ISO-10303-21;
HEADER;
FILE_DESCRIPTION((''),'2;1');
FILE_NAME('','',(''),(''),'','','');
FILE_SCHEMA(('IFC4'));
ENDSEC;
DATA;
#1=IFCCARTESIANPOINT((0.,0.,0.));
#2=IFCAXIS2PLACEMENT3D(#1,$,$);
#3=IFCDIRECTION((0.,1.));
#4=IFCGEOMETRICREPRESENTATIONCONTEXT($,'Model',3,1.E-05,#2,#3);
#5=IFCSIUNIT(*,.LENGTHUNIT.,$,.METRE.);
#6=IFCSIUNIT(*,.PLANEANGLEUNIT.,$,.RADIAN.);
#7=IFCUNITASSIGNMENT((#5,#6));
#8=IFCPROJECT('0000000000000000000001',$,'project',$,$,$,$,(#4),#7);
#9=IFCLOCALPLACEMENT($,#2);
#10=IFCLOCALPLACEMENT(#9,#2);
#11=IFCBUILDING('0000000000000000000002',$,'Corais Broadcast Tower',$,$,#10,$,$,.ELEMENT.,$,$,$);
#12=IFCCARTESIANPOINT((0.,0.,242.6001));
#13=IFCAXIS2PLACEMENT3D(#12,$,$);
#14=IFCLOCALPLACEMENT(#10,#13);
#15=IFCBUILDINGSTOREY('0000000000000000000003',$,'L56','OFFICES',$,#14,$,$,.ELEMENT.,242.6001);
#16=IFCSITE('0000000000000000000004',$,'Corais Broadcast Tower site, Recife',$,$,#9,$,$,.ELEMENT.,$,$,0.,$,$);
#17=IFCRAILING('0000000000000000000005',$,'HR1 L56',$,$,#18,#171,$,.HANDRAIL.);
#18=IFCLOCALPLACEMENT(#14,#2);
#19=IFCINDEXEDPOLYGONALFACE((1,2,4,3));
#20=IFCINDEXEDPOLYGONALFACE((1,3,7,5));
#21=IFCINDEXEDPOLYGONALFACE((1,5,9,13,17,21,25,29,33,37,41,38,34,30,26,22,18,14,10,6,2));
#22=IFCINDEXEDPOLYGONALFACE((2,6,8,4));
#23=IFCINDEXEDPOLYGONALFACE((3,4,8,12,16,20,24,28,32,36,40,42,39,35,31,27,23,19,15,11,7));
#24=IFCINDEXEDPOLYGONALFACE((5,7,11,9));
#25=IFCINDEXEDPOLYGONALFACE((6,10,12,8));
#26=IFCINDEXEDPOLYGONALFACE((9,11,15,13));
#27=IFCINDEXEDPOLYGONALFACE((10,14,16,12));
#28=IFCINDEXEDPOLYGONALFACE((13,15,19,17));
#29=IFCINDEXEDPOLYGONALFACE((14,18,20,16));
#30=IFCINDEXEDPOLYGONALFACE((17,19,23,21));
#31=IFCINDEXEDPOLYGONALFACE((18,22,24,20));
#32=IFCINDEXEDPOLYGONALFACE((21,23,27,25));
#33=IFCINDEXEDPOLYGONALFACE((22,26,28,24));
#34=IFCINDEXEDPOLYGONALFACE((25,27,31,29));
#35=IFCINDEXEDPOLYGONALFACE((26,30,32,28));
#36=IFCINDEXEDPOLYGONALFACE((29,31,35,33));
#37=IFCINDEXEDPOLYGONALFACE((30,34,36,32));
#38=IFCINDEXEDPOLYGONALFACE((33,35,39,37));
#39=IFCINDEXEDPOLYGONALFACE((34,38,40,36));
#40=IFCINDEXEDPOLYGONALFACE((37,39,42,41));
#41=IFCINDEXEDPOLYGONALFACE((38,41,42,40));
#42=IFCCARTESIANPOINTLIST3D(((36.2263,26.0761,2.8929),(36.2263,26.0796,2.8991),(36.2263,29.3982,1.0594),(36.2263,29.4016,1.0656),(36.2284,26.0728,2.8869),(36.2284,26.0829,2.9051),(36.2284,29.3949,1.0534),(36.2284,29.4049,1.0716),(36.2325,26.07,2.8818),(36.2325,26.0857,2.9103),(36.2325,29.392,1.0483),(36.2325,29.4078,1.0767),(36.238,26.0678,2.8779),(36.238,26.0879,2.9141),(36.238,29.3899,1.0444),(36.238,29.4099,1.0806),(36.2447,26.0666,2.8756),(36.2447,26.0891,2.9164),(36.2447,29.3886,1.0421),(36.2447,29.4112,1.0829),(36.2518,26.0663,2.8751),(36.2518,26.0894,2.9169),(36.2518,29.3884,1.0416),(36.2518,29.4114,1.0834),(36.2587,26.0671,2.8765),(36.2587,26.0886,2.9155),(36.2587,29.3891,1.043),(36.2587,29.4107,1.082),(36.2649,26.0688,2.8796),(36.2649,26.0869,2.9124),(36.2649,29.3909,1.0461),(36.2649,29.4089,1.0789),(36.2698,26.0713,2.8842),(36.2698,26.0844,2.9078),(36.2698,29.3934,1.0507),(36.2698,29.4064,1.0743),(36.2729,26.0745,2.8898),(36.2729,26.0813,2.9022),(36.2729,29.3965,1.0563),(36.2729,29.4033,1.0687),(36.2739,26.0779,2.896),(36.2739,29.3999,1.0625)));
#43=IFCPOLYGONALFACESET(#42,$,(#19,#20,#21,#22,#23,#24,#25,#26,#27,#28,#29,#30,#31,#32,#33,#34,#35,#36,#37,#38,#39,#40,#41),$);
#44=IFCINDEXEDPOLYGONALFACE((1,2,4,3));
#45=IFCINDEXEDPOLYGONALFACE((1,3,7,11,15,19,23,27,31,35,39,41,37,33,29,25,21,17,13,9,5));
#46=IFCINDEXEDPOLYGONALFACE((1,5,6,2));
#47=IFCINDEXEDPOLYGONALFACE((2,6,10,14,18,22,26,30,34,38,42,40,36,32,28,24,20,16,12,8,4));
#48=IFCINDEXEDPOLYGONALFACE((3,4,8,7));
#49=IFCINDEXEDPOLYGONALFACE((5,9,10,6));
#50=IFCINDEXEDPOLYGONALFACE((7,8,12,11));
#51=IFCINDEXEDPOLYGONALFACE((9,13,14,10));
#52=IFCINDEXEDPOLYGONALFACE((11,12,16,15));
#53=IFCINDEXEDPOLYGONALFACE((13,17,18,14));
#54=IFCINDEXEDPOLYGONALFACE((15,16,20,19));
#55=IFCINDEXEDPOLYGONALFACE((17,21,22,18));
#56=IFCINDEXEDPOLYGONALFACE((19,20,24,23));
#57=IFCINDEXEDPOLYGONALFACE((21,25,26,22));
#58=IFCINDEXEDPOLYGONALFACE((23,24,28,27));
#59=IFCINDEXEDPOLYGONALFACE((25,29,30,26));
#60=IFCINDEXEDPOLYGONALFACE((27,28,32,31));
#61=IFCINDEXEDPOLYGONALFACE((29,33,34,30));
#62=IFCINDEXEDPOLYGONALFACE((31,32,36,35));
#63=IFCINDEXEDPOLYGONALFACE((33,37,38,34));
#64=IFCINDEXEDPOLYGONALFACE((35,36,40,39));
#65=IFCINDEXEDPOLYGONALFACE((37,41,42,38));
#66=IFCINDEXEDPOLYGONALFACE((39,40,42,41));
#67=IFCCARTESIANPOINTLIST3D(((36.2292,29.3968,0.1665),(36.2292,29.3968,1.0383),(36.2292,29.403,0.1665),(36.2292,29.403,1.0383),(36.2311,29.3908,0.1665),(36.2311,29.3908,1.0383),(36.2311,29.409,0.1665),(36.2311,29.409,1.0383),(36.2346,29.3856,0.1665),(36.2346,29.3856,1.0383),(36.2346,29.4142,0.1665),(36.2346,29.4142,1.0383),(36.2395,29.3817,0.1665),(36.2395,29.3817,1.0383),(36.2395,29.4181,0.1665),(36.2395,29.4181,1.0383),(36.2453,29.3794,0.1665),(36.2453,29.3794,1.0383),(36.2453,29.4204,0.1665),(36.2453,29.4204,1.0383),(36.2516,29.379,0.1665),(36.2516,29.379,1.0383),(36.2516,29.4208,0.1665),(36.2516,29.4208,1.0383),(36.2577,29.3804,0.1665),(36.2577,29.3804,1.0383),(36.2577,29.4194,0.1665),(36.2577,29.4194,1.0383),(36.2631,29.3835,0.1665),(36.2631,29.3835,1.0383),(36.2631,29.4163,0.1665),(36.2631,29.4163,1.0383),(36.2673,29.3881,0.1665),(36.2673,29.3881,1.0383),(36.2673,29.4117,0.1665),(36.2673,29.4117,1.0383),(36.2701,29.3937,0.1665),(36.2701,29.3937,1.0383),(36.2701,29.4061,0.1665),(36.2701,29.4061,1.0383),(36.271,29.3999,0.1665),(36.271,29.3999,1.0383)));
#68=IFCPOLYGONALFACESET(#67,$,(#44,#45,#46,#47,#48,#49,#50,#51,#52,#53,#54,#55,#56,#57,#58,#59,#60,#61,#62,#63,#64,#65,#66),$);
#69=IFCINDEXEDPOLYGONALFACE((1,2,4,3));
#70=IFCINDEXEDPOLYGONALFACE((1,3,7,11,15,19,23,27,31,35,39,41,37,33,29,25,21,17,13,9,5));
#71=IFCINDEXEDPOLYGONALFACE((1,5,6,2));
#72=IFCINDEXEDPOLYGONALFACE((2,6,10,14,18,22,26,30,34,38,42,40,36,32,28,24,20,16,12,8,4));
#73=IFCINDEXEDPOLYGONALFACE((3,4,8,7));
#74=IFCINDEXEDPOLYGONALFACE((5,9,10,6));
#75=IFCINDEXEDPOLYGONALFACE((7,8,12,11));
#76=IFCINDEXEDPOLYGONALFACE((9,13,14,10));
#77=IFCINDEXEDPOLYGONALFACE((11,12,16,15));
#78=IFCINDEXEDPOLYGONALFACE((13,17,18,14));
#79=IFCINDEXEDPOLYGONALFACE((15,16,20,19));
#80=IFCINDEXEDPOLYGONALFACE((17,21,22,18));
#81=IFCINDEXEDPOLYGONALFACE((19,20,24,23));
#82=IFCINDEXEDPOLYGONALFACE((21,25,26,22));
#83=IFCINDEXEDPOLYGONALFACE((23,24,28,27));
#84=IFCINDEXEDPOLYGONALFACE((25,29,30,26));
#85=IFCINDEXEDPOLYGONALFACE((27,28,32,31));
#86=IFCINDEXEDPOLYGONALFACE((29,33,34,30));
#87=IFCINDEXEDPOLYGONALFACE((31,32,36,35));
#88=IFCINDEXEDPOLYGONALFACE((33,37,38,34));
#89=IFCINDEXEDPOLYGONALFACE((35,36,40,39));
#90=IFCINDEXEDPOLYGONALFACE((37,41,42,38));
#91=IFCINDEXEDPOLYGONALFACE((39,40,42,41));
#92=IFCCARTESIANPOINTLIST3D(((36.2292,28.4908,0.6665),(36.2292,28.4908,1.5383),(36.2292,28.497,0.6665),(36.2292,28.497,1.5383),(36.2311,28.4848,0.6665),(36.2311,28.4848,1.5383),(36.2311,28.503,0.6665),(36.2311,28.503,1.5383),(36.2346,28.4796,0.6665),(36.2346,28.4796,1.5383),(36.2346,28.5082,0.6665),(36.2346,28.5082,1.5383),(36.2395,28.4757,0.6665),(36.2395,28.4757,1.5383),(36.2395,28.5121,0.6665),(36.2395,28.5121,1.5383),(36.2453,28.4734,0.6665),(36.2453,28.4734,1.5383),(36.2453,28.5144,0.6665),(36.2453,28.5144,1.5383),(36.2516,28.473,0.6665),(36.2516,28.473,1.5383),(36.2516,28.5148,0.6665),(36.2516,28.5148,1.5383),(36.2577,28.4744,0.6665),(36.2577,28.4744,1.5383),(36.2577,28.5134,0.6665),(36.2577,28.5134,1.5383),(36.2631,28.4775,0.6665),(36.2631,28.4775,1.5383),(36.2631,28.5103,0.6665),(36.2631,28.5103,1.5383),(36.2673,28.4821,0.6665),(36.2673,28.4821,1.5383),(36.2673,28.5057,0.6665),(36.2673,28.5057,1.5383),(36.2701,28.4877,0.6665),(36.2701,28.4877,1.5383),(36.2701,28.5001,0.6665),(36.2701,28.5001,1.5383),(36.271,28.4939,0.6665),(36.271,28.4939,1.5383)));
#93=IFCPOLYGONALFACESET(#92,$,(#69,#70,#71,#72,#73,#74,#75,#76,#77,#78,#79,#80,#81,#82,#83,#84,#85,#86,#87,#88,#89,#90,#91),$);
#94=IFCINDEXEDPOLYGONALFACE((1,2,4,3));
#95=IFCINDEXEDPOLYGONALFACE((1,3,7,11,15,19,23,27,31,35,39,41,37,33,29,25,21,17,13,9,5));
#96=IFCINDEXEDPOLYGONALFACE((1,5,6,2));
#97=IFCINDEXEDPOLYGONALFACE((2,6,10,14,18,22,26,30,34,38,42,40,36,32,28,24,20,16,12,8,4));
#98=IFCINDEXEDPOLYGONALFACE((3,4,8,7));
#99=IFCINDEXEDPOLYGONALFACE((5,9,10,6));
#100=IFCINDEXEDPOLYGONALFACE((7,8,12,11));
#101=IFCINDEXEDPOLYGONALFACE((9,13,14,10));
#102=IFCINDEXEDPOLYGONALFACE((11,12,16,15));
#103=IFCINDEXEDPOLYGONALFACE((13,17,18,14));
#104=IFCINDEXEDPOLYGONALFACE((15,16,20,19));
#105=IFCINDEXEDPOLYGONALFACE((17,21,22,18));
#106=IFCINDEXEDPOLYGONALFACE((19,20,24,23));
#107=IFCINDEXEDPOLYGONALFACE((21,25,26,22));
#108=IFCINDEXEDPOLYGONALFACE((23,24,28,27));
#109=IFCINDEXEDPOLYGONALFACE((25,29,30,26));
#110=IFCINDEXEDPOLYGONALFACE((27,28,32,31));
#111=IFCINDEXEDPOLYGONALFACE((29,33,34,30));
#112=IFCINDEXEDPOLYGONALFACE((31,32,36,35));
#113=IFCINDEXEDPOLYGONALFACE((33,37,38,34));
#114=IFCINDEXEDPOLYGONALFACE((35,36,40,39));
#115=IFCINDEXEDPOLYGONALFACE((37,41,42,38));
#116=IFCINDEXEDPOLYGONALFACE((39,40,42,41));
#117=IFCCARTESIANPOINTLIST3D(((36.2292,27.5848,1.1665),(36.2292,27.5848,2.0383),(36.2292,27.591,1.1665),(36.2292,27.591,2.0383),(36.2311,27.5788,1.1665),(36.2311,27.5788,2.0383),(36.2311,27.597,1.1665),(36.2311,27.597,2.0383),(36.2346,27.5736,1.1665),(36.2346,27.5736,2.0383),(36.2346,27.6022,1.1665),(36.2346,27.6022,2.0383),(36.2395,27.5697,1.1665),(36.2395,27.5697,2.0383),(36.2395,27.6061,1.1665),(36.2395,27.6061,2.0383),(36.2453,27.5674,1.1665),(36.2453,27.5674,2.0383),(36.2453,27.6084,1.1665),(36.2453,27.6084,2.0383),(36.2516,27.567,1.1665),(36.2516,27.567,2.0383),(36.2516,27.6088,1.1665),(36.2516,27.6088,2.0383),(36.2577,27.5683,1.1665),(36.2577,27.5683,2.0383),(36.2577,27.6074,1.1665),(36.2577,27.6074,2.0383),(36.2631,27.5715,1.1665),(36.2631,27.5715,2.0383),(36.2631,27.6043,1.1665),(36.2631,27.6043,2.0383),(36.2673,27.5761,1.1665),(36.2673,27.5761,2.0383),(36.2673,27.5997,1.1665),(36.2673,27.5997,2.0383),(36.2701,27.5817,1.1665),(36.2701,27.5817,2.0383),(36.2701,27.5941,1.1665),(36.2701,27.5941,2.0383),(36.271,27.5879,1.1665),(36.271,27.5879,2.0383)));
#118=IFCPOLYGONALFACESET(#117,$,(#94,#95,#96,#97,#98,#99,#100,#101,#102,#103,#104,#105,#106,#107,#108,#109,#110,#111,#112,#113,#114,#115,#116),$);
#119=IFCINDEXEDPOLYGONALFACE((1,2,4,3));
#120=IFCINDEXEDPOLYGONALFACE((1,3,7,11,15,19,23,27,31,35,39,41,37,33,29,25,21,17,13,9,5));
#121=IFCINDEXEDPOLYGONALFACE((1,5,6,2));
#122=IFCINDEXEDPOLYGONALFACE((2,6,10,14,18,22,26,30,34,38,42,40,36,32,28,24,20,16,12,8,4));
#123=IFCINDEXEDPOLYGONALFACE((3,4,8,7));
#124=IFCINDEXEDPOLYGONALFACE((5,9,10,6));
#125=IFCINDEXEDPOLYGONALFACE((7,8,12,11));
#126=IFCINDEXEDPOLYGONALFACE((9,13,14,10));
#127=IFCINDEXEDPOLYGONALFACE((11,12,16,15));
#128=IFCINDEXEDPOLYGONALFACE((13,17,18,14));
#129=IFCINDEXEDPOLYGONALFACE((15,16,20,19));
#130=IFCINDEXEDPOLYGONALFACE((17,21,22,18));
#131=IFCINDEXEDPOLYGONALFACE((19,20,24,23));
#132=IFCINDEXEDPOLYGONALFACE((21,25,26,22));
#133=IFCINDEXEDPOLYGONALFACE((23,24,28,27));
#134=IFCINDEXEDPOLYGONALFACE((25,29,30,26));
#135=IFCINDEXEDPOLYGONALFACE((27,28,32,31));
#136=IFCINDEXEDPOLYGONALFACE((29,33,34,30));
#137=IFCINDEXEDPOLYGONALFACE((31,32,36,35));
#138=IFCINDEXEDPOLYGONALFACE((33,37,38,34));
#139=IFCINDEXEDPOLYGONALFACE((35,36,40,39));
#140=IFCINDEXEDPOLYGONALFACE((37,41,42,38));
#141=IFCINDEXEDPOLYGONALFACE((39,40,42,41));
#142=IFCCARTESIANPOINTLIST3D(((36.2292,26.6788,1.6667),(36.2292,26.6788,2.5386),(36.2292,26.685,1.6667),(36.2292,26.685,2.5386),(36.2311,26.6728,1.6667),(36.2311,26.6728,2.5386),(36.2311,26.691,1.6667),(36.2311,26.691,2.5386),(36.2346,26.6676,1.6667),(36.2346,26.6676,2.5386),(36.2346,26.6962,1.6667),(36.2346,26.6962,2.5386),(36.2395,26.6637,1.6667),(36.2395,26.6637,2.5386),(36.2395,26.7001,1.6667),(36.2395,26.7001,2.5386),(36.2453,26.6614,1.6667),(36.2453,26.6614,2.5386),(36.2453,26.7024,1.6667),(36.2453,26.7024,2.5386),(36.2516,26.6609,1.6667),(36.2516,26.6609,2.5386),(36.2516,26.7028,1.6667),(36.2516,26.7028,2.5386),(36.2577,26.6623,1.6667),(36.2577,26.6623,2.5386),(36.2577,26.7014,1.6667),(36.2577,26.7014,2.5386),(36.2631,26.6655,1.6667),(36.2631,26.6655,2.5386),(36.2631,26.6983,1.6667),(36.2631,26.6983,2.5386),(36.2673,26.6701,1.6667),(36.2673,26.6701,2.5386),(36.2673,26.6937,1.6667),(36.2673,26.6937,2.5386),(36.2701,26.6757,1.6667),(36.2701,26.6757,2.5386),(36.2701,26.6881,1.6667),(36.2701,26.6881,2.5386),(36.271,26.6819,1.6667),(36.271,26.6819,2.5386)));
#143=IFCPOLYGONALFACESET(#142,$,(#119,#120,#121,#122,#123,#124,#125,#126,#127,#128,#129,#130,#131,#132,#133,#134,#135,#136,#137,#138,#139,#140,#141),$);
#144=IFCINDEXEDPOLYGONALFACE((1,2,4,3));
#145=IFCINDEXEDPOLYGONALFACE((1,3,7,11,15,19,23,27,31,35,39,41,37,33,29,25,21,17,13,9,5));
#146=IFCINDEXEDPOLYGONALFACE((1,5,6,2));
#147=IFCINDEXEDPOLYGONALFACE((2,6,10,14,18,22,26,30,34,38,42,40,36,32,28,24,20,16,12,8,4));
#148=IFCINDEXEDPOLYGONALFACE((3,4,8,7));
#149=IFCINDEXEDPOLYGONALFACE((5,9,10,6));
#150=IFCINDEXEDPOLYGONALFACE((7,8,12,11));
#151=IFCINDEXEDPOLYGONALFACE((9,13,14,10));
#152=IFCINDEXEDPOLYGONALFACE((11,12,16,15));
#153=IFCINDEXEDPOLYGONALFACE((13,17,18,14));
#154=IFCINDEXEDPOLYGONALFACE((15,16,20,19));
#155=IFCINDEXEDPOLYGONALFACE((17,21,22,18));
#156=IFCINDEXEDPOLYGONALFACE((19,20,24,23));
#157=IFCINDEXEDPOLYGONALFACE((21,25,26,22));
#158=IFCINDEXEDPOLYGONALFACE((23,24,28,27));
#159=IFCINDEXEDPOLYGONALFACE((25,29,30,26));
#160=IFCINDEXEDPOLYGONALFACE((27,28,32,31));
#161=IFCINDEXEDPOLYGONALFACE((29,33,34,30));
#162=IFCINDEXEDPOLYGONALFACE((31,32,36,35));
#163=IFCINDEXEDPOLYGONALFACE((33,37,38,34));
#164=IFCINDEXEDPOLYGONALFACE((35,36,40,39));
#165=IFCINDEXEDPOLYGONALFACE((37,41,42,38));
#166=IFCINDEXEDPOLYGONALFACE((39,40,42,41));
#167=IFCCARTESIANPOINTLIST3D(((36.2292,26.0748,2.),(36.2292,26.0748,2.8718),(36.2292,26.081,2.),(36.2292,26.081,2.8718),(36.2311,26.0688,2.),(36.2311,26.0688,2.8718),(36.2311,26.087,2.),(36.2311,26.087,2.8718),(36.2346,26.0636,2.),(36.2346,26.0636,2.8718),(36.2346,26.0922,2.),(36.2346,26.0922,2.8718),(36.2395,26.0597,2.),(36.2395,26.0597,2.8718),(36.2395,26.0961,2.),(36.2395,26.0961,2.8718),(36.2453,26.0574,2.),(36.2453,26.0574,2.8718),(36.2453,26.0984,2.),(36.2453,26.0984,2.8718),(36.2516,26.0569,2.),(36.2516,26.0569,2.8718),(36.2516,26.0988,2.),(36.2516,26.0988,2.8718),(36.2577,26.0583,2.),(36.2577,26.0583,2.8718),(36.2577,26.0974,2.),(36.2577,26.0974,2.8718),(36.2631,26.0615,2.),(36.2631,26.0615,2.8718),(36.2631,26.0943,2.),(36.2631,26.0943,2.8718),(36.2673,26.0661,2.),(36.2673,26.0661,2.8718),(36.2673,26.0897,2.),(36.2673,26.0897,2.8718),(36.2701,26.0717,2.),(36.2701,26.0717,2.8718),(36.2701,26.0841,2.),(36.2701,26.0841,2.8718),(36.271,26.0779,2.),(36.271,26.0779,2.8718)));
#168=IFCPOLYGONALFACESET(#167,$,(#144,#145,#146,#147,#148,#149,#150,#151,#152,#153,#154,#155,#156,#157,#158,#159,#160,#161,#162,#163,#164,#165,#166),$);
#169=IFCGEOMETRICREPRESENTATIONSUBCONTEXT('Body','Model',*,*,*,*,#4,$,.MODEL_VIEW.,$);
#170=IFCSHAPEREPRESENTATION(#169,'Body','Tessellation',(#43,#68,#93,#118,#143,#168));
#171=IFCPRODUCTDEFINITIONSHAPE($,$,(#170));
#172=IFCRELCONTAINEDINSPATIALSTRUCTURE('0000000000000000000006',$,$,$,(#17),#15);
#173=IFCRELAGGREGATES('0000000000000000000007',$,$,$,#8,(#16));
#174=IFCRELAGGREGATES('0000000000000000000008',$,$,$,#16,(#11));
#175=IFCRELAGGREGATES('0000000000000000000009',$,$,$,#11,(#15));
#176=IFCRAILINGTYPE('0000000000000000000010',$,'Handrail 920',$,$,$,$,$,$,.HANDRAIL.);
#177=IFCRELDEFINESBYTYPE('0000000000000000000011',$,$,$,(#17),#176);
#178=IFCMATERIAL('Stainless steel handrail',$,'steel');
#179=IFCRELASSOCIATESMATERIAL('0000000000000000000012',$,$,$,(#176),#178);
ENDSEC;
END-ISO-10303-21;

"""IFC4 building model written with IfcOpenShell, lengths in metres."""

from ifc_helpers import new_model, si_unit, direction, frame, origin, origin_2d, place, context, subcontext, project, spatial, circle, extrude, material, type_object, element, save


model = new_model("IFC4")

# Units and contexts
model_context = context("Model", 3, precision=1e-05, world=origin(), true_north=direction((0.0, 1.0)))
body_context = subcontext(model_context, "Body", "Model", "MODEL_VIEW")
ifc_project = project(units=[si_unit("LENGTHUNIT", "METRE"), si_unit("PLANEANGLEUNIT", "RADIAN")], contexts=[model_context])

# Site, building, storey
site_placement = place(None, origin())
site = spatial("IfcSite", under=ifc_project, at=site_placement, Name="Corais Broadcast Tower site, Recife", CompositionType="ELEMENT", RefElevation=0.0)
building_placement = place(site_placement, origin())
building = spatial("IfcBuilding", under=site, at=building_placement, Name="Corais Broadcast Tower", CompositionType="ELEMENT")
storey_placement = place(building_placement, frame((0.0, 0.0, 242.6001)))
storey = spatial("IfcBuildingStorey", under=building, at=storey_placement, Name="L56", Description="OFFICES", CompositionType="ELEMENT", Elevation=242.6001)

# Railing
ifc_material_1 = material(Name="Stainless steel handrail", Category="steel")
railing_type = type_object("IfcRailingType", Name="Handrail 920", PredefinedType="HANDRAIL", material=ifc_material_1)
for number, where, name in (
    (1, (36.25, 29.3999, 0.1665), "HR1 L56"),
):
    element("IfcRailing", number, at=place(storey_placement, frame(where)), inside=storey, type_object=railing_type, Name=name, PredefinedType="HANDRAIL", context=body_context, shape_type="SweptSolid", body=[
        extrude(circle(Radius=0.0239, at=origin_2d()), frame((0.0, 0.0, 0.896), z_axis=(0.0, -0.875504, 0.48321), x_axis=(1.0, 0.0, 0.0)), (0.0, 0.0, 1.0), 3.7944),
        extrude(circle(Radius=0.021, at=origin_2d()), origin(), (0.0, 0.0, 1.0), 0.8718),
        extrude(circle(Radius=0.021, at=origin_2d()), frame((0.0, -0.906, 0.5)), (0.0, 0.0, 1.0), 0.8718),
        extrude(circle(Radius=0.021, at=origin_2d()), frame((0.0, -1.812, 1.0)), (0.0, 0.0, 1.0), 0.8718),
        extrude(circle(Radius=0.021, at=origin_2d()), frame((0.0, -2.718, 1.5002)), (0.0, 0.0, 1.0), 0.8718),
        extrude(circle(Radius=0.021, at=origin_2d()), frame((0.0, -3.322, 1.8335)), (0.0, 0.0, 1.0), 0.8718),
    ])

save(model, "model.ifc")
